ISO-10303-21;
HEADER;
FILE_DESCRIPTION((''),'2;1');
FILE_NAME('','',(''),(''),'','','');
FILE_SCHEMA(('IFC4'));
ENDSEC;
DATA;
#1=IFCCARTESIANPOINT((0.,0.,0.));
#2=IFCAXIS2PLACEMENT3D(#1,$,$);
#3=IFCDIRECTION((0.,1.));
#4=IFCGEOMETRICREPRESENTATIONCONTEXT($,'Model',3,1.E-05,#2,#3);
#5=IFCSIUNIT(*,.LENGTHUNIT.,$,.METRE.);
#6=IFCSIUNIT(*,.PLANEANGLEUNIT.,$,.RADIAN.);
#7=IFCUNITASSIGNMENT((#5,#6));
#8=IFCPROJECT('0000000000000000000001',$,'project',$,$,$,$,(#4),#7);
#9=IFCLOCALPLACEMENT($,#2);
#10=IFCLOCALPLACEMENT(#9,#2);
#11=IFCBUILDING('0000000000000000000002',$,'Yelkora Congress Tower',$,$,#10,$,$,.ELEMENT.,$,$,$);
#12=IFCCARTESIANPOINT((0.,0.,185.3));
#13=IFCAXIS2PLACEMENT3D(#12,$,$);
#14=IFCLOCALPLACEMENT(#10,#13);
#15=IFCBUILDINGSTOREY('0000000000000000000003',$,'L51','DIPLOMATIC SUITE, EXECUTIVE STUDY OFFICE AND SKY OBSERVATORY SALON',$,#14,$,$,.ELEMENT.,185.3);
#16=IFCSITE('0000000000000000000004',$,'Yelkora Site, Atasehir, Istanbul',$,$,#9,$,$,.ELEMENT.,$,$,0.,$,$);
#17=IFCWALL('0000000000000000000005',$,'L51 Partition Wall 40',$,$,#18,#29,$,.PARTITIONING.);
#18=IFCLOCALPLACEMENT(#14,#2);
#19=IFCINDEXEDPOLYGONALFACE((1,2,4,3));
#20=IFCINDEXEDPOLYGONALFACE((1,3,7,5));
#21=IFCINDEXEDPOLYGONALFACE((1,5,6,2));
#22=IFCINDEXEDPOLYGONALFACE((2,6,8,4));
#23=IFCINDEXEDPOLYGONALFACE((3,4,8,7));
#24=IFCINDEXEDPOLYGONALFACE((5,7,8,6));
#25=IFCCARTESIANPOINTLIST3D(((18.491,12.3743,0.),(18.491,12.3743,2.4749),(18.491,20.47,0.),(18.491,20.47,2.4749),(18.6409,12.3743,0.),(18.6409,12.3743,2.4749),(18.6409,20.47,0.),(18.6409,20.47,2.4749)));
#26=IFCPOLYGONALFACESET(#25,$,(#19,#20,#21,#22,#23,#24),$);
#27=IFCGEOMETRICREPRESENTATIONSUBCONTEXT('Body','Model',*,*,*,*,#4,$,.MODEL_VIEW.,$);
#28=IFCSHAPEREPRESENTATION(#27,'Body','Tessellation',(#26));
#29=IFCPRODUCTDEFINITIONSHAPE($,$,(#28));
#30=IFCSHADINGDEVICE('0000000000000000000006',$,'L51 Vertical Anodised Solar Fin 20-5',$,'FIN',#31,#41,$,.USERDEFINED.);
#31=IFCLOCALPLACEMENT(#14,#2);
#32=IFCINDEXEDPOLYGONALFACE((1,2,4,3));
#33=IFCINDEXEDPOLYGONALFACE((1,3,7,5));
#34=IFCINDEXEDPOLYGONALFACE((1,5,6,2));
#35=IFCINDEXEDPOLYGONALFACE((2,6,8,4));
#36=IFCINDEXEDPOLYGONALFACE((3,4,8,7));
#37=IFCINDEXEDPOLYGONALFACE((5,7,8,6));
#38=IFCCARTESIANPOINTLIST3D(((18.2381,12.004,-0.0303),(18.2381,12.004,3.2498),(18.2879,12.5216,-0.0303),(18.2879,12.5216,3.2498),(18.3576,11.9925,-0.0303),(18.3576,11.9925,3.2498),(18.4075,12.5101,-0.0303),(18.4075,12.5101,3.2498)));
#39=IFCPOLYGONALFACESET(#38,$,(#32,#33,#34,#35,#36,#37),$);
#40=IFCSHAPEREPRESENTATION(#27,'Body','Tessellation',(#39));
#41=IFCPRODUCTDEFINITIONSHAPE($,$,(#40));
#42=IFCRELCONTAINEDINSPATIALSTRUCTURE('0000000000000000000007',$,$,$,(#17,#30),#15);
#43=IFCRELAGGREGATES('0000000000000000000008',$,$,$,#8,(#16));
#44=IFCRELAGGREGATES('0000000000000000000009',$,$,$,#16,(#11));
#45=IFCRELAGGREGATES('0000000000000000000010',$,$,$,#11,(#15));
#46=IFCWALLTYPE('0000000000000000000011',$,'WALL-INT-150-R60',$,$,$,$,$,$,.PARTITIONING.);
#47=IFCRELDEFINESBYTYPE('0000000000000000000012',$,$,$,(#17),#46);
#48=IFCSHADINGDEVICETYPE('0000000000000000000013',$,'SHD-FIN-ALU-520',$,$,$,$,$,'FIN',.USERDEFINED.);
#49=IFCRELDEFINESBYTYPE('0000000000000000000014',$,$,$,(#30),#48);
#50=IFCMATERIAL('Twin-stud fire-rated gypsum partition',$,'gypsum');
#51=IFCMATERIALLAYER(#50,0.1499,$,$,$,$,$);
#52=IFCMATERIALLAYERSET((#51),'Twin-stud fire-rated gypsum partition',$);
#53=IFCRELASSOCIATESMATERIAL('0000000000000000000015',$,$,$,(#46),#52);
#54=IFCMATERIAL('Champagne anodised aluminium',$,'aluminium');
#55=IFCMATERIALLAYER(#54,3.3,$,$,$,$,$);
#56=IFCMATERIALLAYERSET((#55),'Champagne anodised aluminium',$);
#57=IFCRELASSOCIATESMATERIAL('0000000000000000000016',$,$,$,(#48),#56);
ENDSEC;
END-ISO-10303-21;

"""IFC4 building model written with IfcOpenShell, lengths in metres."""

from ifc_helpers import new_model, si_unit, direction, frame, frame_2d, origin, origin_2d, place, context, subcontext, project, spatial, rectangle, extrude, material, layer, layer_set, type_object, element, save


model = new_model("IFC4")

# Units and contexts
model_context = context("Model", 3, precision=1e-05, world=origin(), true_north=direction((0.0, 1.0)))
body_context = subcontext(model_context, "Body", "Model", "MODEL_VIEW")
ifc_project = project(units=[si_unit("LENGTHUNIT", "METRE"), si_unit("PLANEANGLEUNIT", "RADIAN")], contexts=[model_context])

# Site, building, storey
site_placement = place(None, origin())
site = spatial("IfcSite", under=ifc_project, at=site_placement, Name="Yelkora Site, Atasehir, Istanbul", CompositionType="ELEMENT", RefElevation=0.0)
building_placement = place(site_placement, origin())
building = spatial("IfcBuilding", under=site, at=building_placement, Name="Yelkora Congress Tower", CompositionType="ELEMENT")
storey_placement = place(building_placement, frame((0.0, 0.0, 185.3)))
storey = spatial("IfcBuildingStorey", under=building, at=storey_placement, Name="L51", Description="DIPLOMATIC SUITE, EXECUTIVE STUDY OFFICE AND SKY OBSERVATORY SALON", CompositionType="ELEMENT", Elevation=185.3)

# Wall
ifc_material_1 = material(Name="Twin-stud fire-rated gypsum partition", Category="gypsum")
ifc_layer_1 = layer(ifc_material_1, 0.1499)
ifc_layer_set_1 = layer_set([ifc_layer_1], Name="Twin-stud fire-rated gypsum partition")
wall_type_1 = type_object("IfcWallType", Name="WALL-INT-150-R60", PredefinedType="PARTITIONING", material=ifc_layer_set_1)
wall_1_placement = place(storey_placement, frame((18.5659, 12.3743, 0.0), z_axis=(0.0, 0.0, 1.0), x_axis=(0.0, 1.0, 0.0)))
element("IfcWall", 1, at=wall_1_placement, inside=storey, type_object=wall_type_1, Name="L51 Partition Wall 40", PredefinedType="PARTITIONING", context=body_context, shape_type="SweptSolid", body=[
    extrude(rectangle(XDim=8.0957, YDim=0.1499, at=frame_2d((4.0479, 0.0))), origin(), (0.0, 0.0, 1.0), 2.4749),
])

# Shading device
ifc_material_2 = material(Name="Champagne anodised aluminium", Category="aluminium")
ifc_layer_2 = layer(ifc_material_2, 3.3)
ifc_layer_set_2 = layer_set([ifc_layer_2], Name="Champagne anodised aluminium")
shading_device_type = type_object("IfcShadingDeviceType", Name="SHD-FIN-ALU-520", ElementType="FIN", PredefinedType="USERDEFINED", material=ifc_layer_set_2)
shading_device_placement = place(storey_placement, frame((18.3228, 12.2571, -0.0303), z_axis=(0.0, 0.0, 1.0), x_axis=(-0.995396, 0.095846, 0.0)))
element("IfcShadingDevice", 2, at=shading_device_placement, inside=storey, type_object=shading_device_type, Name="L51 Vertical Anodised Solar Fin 20-5", ObjectType="FIN", PredefinedType="USERDEFINED", context=body_context, shape_type="SweptSolid", body=[
    extrude(rectangle(XDim=0.1201, YDim=0.52, at=origin_2d()), origin(), (0.0, 0.0, 1.0), 3.28),
])

save(model, "model.ifc")
